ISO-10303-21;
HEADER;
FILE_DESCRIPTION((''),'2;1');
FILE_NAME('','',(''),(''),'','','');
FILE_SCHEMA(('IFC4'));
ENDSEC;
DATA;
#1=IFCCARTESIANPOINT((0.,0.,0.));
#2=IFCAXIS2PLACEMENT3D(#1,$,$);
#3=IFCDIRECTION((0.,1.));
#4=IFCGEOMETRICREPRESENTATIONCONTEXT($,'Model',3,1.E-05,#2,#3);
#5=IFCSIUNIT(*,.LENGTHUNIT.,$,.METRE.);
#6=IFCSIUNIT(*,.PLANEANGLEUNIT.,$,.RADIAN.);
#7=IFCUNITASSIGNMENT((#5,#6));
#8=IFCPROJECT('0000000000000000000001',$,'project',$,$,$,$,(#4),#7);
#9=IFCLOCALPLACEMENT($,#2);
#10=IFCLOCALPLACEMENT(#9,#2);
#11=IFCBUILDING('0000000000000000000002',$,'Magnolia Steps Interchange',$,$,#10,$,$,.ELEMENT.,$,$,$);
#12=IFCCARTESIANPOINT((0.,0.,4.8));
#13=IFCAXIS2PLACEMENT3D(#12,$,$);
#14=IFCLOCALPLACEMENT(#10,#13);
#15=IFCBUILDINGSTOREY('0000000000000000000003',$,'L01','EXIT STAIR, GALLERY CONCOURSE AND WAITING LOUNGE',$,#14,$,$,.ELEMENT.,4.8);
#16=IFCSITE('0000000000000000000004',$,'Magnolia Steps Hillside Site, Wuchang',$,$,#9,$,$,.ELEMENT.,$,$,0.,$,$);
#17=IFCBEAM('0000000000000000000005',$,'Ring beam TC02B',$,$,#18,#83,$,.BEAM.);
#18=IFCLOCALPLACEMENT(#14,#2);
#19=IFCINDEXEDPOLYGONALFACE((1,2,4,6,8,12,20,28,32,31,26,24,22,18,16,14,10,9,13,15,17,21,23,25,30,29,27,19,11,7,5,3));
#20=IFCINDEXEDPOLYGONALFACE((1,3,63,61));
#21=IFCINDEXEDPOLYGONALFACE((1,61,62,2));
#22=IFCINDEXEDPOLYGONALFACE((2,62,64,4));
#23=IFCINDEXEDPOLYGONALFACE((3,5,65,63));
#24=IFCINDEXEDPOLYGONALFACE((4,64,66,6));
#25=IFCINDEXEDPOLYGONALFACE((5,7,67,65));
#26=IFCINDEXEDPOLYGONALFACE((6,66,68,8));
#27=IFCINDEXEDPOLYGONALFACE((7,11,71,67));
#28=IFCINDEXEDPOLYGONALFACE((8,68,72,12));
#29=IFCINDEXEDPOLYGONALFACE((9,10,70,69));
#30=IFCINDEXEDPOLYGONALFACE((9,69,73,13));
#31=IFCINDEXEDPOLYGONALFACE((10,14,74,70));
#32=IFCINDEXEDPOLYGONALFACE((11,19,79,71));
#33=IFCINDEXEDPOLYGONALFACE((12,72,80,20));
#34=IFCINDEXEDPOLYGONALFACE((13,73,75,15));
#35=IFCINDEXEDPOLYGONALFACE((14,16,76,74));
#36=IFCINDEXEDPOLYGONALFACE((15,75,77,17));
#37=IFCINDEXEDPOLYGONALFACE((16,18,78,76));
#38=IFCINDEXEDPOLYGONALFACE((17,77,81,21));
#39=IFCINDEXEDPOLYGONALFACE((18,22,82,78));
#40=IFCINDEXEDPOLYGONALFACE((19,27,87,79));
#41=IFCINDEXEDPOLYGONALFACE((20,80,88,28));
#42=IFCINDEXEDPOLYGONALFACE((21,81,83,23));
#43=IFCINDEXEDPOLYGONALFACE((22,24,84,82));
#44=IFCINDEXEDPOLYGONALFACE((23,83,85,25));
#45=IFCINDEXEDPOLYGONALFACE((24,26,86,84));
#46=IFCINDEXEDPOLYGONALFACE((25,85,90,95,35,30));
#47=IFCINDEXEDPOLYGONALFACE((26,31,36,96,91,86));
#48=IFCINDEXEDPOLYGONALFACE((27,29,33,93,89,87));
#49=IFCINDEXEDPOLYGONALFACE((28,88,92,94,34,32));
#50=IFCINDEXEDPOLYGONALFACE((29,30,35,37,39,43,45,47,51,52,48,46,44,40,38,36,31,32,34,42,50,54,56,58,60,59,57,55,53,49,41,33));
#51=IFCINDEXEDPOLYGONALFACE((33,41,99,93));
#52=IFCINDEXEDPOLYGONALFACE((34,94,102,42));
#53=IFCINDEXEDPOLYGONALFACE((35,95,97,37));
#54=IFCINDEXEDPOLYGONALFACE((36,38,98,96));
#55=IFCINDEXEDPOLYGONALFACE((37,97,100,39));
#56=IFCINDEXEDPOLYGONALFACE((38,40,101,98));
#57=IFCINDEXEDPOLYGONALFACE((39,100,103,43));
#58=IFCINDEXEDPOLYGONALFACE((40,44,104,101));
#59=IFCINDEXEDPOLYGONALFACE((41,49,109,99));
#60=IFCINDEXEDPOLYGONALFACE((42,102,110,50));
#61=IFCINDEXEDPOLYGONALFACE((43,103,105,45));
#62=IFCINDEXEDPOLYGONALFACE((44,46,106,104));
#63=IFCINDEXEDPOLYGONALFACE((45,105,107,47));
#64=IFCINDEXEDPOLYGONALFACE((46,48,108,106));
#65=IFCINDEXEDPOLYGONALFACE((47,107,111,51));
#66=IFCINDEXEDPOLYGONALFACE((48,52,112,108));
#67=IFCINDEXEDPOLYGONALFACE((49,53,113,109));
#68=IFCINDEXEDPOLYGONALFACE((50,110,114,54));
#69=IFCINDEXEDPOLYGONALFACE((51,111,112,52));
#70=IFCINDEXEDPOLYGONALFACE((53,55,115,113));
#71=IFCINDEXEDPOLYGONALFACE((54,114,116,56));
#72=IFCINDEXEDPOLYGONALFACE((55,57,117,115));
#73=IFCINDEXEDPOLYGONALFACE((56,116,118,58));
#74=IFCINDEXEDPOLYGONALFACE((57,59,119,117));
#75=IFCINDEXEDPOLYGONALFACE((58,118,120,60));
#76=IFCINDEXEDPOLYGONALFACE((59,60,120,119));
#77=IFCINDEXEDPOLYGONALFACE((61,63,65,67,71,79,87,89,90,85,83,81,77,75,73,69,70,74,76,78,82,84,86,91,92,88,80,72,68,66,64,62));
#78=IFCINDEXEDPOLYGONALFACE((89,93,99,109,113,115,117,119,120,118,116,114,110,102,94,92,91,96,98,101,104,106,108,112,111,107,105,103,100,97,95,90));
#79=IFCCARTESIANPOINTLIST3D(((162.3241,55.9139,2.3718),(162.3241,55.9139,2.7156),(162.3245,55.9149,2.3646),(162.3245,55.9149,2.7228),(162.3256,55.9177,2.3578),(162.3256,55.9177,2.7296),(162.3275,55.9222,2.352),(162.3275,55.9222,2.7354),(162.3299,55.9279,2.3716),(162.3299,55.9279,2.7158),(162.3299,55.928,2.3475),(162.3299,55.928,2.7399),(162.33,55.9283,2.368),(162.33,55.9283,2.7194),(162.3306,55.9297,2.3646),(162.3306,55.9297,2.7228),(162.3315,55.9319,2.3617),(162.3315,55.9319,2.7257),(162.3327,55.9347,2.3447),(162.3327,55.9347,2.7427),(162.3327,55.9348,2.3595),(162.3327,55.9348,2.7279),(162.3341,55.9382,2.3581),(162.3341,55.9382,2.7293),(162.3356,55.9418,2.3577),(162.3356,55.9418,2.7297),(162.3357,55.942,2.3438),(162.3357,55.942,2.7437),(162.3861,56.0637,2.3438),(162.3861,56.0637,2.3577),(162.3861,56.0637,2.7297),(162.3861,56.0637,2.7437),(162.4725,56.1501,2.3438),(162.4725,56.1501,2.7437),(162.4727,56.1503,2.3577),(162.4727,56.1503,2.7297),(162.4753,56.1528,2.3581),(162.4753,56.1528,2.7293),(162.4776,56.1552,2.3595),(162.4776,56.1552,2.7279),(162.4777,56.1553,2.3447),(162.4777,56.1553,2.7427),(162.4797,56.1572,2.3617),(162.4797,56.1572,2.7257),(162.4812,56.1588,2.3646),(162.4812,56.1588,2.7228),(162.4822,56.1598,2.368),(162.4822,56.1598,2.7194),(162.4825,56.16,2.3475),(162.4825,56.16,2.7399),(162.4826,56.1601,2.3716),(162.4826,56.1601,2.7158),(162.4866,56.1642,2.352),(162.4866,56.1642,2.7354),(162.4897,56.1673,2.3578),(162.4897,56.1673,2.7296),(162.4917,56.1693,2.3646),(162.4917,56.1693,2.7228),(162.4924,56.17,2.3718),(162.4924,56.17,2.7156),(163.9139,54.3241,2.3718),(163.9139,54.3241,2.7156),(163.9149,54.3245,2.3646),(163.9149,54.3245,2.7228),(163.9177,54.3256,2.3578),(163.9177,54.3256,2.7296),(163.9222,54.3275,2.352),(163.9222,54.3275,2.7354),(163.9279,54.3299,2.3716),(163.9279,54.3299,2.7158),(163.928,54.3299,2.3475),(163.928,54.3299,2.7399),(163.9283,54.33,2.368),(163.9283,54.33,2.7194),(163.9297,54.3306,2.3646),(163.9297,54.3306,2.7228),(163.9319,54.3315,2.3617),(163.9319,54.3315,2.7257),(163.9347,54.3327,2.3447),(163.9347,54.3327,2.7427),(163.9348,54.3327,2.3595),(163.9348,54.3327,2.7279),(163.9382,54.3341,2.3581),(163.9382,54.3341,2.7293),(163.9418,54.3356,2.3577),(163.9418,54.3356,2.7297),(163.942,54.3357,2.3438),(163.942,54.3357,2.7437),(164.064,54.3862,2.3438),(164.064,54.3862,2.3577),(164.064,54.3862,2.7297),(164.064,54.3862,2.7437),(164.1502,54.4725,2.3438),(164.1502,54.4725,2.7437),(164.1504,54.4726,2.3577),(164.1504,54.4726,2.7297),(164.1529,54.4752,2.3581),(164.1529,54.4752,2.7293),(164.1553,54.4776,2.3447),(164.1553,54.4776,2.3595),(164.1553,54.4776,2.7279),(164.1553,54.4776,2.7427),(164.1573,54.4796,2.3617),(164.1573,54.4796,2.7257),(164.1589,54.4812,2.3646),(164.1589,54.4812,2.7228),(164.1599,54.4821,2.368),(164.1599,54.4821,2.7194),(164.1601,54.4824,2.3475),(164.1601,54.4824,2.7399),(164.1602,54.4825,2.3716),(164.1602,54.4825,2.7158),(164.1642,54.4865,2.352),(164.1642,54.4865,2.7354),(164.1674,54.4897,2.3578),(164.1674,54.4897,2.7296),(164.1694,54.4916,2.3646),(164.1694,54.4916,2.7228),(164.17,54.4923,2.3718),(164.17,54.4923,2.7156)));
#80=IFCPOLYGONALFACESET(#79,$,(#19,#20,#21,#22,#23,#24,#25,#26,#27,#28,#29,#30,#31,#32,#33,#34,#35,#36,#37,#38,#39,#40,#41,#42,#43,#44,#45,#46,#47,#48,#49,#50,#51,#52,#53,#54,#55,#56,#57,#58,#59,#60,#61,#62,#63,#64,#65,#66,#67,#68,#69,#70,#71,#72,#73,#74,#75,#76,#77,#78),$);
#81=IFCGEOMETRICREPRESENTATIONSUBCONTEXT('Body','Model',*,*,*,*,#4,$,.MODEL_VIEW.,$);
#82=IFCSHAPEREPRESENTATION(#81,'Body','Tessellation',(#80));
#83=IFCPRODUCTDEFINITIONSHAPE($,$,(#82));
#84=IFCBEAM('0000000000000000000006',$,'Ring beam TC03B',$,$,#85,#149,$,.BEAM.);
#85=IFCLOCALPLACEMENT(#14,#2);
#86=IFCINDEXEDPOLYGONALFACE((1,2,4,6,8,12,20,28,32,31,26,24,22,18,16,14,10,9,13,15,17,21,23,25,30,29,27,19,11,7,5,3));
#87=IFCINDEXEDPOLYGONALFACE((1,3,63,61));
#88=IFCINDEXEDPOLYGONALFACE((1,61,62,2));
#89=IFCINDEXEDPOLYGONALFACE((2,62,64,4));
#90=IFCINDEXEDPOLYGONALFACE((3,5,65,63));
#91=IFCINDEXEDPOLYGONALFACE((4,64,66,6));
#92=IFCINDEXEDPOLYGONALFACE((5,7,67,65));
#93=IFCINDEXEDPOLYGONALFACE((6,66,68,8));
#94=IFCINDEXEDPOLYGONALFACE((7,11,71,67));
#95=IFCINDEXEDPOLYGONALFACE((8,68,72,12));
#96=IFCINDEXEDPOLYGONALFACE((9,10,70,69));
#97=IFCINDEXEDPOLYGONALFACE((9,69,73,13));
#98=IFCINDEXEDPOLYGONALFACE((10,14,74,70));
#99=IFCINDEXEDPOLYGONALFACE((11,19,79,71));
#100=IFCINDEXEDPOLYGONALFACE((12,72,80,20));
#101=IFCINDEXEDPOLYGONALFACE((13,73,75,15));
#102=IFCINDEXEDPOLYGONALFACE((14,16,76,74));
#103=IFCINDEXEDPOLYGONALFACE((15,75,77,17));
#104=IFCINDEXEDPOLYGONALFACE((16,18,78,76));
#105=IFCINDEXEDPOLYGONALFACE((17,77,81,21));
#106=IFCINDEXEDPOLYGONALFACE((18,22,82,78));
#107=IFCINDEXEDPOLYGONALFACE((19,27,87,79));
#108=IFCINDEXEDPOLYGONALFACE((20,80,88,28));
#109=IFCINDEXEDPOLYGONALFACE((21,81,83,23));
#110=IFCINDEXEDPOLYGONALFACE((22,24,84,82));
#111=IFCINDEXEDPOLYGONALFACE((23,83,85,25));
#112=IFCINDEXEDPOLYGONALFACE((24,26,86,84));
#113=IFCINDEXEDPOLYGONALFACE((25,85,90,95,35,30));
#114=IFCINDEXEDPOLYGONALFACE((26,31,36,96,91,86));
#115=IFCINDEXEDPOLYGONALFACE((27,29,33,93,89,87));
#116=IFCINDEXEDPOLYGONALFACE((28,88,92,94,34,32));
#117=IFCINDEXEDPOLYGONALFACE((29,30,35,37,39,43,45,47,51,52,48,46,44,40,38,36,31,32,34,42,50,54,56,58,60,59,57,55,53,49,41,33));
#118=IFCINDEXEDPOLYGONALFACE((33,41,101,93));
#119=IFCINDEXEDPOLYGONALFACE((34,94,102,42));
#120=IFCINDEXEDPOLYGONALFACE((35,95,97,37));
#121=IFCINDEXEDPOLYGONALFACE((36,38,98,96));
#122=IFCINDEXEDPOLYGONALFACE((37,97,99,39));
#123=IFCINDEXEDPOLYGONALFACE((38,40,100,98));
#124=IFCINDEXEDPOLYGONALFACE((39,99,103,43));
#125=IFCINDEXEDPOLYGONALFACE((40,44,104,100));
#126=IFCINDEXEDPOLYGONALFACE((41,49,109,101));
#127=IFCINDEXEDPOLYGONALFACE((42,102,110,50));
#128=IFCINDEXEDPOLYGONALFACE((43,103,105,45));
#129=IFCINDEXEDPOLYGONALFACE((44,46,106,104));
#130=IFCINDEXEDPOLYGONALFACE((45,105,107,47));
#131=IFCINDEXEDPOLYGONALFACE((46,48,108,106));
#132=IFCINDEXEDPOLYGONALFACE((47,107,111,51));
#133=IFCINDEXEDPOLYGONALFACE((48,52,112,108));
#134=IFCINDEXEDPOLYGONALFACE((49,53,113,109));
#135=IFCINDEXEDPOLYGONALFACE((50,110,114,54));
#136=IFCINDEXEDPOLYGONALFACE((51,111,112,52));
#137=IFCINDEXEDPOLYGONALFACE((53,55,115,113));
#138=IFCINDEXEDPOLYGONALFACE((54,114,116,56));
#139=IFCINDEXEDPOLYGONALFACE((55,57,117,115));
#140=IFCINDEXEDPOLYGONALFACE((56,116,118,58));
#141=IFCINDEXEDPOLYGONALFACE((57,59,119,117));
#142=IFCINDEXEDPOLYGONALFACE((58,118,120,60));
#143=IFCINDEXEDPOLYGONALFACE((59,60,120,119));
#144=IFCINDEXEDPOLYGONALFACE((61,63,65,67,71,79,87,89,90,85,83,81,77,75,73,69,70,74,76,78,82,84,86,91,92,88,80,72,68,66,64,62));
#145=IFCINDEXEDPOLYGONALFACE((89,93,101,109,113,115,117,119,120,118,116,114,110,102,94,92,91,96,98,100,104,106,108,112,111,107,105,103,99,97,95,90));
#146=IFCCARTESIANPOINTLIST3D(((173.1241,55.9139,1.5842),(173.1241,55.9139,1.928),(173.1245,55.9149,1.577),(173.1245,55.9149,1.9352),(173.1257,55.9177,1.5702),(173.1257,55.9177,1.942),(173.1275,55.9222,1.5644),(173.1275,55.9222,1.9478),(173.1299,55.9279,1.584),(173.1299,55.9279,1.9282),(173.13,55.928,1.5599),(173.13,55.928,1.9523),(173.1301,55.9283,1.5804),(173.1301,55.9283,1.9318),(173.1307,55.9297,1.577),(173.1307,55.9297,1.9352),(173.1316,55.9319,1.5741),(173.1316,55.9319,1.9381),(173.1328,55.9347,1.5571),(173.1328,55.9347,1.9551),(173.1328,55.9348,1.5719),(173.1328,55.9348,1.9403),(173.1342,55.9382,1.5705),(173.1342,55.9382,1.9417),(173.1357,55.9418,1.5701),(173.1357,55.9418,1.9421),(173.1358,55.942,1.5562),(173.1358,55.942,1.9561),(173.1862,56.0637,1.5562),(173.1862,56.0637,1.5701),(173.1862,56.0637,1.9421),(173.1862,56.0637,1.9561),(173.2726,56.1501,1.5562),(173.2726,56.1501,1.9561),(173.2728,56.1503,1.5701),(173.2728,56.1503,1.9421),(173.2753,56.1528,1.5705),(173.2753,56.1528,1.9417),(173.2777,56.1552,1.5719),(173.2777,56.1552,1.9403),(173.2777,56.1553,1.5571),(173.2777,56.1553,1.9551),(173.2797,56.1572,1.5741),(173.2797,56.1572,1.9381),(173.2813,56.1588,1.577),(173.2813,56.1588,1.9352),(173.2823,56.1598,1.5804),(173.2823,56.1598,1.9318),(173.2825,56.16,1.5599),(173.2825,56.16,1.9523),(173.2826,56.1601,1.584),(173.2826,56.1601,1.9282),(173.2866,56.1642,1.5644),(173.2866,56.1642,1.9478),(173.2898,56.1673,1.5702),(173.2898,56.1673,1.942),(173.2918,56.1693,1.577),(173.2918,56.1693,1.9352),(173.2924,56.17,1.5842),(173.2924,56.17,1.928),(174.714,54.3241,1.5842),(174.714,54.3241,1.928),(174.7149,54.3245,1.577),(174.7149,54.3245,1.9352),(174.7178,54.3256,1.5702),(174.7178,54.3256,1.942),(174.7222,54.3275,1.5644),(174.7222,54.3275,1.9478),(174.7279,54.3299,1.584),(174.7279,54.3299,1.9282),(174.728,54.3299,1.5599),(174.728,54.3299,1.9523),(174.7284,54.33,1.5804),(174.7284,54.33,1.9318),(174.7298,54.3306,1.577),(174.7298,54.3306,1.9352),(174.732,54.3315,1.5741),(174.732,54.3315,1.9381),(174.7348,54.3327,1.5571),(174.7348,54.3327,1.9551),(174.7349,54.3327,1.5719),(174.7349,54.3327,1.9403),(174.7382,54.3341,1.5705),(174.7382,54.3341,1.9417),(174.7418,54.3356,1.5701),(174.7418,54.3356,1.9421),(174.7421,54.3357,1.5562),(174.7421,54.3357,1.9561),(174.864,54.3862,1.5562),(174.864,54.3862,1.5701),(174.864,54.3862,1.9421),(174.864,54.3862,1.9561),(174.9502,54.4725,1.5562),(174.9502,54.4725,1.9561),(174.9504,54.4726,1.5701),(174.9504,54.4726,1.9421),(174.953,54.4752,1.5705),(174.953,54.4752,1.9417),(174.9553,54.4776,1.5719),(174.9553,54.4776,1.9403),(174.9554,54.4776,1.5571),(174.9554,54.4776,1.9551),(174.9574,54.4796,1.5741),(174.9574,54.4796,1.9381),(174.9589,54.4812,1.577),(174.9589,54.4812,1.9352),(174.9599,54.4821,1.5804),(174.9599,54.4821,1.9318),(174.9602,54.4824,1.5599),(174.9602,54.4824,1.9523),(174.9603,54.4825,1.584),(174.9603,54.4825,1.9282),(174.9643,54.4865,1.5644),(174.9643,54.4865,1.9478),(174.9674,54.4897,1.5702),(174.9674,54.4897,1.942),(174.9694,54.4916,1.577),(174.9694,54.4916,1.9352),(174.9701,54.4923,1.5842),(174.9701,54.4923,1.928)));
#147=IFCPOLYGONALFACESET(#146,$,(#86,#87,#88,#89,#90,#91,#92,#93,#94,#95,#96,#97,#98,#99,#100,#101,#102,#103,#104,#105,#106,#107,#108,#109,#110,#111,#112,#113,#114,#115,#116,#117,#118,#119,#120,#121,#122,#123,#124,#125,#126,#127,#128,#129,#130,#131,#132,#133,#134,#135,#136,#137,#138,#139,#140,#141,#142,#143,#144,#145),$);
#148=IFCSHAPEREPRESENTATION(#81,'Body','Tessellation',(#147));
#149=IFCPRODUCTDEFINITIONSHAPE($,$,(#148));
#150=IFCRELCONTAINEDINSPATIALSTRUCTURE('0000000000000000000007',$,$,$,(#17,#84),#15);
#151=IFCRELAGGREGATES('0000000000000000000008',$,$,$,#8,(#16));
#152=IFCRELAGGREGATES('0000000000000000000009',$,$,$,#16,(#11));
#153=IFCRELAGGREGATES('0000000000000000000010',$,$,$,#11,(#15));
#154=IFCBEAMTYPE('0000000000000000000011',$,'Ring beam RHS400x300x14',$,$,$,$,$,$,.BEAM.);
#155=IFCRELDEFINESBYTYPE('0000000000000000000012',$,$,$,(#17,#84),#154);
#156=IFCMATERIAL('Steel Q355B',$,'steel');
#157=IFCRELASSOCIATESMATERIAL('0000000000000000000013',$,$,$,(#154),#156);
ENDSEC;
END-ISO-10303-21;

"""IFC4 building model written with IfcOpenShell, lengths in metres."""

from ifc_helpers import new_model, si_unit, direction, frame, origin, origin_2d, place, context, subcontext, project, spatial, hollow_rectangle, extrude, clip, halfspace, material, material_profile, profile_set, type_object, element, save


model = new_model("IFC4")

# Units and contexts
model_context = context("Model", 3, precision=1e-05, world=origin(), true_north=direction((0.0, 1.0)))
body_context = subcontext(model_context, "Body", "Model", "MODEL_VIEW")
ifc_project = project(units=[si_unit("LENGTHUNIT", "METRE"), si_unit("PLANEANGLEUNIT", "RADIAN")], contexts=[model_context])

# Site, building, storey
site_placement = place(None, origin())
site = spatial("IfcSite", under=ifc_project, at=site_placement, Name="Magnolia Steps Hillside Site, Wuchang", CompositionType="ELEMENT", RefElevation=0.0)
building_placement = place(site_placement, origin())
building = spatial("IfcBuilding", under=site, at=building_placement, Name="Magnolia Steps Interchange", CompositionType="ELEMENT")
storey_placement = place(building_placement, frame((0.0, 0.0, 4.8)))
storey = spatial("IfcBuildingStorey", under=building, at=storey_placement, Name="L01", Description="EXIT STAIR, GALLERY CONCOURSE AND WAITING LOUNGE", CompositionType="ELEMENT", Elevation=4.8)

# Beams
ifc_material_1 = material(Name="Steel Q355B", Category="steel")
ifc_material_profile_1 = material_profile(ifc_material_1, hollow_rectangle(XDim=0.3, YDim=0.3999, WallThickness=0.0139, InnerFilletRadius=0.0139, OuterFilletRadius=0.0281, at=origin_2d()), Name="RHS400x300x14")
ifc_profile_set_1 = profile_set([ifc_material_profile_1], Name="Steel Q355B")
beam_type_1 = type_object("IfcBeamType", Name="Ring beam RHS400x300x14", PredefinedType="BEAM", material=ifc_profile_set_1)
for number, where, z_axis, x_axis, name in (
    (1, (164.064, 54.3862, 2.5437), (-0.707107, 0.707107, 0.0), (-0.707107, -0.707107, 0.0), "Ring beam TC02B"),
    (2, (174.864, 54.3862, 1.7561), (-0.707107, 0.707107, 0.0), (-0.707107, -0.707107, 0.0), "Ring beam TC03B"),
):
    element("IfcBeam", number, at=place(storey_placement, frame(where, z_axis=z_axis, x_axis=x_axis)), inside=storey, type_object=beam_type_1, Name=name, PredefinedType="BEAM", context=body_context, shape_type="Clipping", body=[
        clip(clip(extrude(hollow_rectangle(XDim=0.3, YDim=0.3999, WallThickness=0.0139, InnerFilletRadius=0.0139, OuterFilletRadius=0.0281, at=origin_2d()), origin(), (0.0, 0.0, 1.0), 2.3726), halfspace(frame((0.0, 0.0, 0.0), z_axis=(0.382683, 0.0, -0.92388), x_axis=(0.92388, 0.0, 0.382683)), False)), halfspace(frame((0.0, 0.0, 2.3727), z_axis=(0.382683, 0.0, 0.92388), x_axis=(0.92388, 0.0, -0.382683)), False)),
    ])

save(model, "model.ifc")
